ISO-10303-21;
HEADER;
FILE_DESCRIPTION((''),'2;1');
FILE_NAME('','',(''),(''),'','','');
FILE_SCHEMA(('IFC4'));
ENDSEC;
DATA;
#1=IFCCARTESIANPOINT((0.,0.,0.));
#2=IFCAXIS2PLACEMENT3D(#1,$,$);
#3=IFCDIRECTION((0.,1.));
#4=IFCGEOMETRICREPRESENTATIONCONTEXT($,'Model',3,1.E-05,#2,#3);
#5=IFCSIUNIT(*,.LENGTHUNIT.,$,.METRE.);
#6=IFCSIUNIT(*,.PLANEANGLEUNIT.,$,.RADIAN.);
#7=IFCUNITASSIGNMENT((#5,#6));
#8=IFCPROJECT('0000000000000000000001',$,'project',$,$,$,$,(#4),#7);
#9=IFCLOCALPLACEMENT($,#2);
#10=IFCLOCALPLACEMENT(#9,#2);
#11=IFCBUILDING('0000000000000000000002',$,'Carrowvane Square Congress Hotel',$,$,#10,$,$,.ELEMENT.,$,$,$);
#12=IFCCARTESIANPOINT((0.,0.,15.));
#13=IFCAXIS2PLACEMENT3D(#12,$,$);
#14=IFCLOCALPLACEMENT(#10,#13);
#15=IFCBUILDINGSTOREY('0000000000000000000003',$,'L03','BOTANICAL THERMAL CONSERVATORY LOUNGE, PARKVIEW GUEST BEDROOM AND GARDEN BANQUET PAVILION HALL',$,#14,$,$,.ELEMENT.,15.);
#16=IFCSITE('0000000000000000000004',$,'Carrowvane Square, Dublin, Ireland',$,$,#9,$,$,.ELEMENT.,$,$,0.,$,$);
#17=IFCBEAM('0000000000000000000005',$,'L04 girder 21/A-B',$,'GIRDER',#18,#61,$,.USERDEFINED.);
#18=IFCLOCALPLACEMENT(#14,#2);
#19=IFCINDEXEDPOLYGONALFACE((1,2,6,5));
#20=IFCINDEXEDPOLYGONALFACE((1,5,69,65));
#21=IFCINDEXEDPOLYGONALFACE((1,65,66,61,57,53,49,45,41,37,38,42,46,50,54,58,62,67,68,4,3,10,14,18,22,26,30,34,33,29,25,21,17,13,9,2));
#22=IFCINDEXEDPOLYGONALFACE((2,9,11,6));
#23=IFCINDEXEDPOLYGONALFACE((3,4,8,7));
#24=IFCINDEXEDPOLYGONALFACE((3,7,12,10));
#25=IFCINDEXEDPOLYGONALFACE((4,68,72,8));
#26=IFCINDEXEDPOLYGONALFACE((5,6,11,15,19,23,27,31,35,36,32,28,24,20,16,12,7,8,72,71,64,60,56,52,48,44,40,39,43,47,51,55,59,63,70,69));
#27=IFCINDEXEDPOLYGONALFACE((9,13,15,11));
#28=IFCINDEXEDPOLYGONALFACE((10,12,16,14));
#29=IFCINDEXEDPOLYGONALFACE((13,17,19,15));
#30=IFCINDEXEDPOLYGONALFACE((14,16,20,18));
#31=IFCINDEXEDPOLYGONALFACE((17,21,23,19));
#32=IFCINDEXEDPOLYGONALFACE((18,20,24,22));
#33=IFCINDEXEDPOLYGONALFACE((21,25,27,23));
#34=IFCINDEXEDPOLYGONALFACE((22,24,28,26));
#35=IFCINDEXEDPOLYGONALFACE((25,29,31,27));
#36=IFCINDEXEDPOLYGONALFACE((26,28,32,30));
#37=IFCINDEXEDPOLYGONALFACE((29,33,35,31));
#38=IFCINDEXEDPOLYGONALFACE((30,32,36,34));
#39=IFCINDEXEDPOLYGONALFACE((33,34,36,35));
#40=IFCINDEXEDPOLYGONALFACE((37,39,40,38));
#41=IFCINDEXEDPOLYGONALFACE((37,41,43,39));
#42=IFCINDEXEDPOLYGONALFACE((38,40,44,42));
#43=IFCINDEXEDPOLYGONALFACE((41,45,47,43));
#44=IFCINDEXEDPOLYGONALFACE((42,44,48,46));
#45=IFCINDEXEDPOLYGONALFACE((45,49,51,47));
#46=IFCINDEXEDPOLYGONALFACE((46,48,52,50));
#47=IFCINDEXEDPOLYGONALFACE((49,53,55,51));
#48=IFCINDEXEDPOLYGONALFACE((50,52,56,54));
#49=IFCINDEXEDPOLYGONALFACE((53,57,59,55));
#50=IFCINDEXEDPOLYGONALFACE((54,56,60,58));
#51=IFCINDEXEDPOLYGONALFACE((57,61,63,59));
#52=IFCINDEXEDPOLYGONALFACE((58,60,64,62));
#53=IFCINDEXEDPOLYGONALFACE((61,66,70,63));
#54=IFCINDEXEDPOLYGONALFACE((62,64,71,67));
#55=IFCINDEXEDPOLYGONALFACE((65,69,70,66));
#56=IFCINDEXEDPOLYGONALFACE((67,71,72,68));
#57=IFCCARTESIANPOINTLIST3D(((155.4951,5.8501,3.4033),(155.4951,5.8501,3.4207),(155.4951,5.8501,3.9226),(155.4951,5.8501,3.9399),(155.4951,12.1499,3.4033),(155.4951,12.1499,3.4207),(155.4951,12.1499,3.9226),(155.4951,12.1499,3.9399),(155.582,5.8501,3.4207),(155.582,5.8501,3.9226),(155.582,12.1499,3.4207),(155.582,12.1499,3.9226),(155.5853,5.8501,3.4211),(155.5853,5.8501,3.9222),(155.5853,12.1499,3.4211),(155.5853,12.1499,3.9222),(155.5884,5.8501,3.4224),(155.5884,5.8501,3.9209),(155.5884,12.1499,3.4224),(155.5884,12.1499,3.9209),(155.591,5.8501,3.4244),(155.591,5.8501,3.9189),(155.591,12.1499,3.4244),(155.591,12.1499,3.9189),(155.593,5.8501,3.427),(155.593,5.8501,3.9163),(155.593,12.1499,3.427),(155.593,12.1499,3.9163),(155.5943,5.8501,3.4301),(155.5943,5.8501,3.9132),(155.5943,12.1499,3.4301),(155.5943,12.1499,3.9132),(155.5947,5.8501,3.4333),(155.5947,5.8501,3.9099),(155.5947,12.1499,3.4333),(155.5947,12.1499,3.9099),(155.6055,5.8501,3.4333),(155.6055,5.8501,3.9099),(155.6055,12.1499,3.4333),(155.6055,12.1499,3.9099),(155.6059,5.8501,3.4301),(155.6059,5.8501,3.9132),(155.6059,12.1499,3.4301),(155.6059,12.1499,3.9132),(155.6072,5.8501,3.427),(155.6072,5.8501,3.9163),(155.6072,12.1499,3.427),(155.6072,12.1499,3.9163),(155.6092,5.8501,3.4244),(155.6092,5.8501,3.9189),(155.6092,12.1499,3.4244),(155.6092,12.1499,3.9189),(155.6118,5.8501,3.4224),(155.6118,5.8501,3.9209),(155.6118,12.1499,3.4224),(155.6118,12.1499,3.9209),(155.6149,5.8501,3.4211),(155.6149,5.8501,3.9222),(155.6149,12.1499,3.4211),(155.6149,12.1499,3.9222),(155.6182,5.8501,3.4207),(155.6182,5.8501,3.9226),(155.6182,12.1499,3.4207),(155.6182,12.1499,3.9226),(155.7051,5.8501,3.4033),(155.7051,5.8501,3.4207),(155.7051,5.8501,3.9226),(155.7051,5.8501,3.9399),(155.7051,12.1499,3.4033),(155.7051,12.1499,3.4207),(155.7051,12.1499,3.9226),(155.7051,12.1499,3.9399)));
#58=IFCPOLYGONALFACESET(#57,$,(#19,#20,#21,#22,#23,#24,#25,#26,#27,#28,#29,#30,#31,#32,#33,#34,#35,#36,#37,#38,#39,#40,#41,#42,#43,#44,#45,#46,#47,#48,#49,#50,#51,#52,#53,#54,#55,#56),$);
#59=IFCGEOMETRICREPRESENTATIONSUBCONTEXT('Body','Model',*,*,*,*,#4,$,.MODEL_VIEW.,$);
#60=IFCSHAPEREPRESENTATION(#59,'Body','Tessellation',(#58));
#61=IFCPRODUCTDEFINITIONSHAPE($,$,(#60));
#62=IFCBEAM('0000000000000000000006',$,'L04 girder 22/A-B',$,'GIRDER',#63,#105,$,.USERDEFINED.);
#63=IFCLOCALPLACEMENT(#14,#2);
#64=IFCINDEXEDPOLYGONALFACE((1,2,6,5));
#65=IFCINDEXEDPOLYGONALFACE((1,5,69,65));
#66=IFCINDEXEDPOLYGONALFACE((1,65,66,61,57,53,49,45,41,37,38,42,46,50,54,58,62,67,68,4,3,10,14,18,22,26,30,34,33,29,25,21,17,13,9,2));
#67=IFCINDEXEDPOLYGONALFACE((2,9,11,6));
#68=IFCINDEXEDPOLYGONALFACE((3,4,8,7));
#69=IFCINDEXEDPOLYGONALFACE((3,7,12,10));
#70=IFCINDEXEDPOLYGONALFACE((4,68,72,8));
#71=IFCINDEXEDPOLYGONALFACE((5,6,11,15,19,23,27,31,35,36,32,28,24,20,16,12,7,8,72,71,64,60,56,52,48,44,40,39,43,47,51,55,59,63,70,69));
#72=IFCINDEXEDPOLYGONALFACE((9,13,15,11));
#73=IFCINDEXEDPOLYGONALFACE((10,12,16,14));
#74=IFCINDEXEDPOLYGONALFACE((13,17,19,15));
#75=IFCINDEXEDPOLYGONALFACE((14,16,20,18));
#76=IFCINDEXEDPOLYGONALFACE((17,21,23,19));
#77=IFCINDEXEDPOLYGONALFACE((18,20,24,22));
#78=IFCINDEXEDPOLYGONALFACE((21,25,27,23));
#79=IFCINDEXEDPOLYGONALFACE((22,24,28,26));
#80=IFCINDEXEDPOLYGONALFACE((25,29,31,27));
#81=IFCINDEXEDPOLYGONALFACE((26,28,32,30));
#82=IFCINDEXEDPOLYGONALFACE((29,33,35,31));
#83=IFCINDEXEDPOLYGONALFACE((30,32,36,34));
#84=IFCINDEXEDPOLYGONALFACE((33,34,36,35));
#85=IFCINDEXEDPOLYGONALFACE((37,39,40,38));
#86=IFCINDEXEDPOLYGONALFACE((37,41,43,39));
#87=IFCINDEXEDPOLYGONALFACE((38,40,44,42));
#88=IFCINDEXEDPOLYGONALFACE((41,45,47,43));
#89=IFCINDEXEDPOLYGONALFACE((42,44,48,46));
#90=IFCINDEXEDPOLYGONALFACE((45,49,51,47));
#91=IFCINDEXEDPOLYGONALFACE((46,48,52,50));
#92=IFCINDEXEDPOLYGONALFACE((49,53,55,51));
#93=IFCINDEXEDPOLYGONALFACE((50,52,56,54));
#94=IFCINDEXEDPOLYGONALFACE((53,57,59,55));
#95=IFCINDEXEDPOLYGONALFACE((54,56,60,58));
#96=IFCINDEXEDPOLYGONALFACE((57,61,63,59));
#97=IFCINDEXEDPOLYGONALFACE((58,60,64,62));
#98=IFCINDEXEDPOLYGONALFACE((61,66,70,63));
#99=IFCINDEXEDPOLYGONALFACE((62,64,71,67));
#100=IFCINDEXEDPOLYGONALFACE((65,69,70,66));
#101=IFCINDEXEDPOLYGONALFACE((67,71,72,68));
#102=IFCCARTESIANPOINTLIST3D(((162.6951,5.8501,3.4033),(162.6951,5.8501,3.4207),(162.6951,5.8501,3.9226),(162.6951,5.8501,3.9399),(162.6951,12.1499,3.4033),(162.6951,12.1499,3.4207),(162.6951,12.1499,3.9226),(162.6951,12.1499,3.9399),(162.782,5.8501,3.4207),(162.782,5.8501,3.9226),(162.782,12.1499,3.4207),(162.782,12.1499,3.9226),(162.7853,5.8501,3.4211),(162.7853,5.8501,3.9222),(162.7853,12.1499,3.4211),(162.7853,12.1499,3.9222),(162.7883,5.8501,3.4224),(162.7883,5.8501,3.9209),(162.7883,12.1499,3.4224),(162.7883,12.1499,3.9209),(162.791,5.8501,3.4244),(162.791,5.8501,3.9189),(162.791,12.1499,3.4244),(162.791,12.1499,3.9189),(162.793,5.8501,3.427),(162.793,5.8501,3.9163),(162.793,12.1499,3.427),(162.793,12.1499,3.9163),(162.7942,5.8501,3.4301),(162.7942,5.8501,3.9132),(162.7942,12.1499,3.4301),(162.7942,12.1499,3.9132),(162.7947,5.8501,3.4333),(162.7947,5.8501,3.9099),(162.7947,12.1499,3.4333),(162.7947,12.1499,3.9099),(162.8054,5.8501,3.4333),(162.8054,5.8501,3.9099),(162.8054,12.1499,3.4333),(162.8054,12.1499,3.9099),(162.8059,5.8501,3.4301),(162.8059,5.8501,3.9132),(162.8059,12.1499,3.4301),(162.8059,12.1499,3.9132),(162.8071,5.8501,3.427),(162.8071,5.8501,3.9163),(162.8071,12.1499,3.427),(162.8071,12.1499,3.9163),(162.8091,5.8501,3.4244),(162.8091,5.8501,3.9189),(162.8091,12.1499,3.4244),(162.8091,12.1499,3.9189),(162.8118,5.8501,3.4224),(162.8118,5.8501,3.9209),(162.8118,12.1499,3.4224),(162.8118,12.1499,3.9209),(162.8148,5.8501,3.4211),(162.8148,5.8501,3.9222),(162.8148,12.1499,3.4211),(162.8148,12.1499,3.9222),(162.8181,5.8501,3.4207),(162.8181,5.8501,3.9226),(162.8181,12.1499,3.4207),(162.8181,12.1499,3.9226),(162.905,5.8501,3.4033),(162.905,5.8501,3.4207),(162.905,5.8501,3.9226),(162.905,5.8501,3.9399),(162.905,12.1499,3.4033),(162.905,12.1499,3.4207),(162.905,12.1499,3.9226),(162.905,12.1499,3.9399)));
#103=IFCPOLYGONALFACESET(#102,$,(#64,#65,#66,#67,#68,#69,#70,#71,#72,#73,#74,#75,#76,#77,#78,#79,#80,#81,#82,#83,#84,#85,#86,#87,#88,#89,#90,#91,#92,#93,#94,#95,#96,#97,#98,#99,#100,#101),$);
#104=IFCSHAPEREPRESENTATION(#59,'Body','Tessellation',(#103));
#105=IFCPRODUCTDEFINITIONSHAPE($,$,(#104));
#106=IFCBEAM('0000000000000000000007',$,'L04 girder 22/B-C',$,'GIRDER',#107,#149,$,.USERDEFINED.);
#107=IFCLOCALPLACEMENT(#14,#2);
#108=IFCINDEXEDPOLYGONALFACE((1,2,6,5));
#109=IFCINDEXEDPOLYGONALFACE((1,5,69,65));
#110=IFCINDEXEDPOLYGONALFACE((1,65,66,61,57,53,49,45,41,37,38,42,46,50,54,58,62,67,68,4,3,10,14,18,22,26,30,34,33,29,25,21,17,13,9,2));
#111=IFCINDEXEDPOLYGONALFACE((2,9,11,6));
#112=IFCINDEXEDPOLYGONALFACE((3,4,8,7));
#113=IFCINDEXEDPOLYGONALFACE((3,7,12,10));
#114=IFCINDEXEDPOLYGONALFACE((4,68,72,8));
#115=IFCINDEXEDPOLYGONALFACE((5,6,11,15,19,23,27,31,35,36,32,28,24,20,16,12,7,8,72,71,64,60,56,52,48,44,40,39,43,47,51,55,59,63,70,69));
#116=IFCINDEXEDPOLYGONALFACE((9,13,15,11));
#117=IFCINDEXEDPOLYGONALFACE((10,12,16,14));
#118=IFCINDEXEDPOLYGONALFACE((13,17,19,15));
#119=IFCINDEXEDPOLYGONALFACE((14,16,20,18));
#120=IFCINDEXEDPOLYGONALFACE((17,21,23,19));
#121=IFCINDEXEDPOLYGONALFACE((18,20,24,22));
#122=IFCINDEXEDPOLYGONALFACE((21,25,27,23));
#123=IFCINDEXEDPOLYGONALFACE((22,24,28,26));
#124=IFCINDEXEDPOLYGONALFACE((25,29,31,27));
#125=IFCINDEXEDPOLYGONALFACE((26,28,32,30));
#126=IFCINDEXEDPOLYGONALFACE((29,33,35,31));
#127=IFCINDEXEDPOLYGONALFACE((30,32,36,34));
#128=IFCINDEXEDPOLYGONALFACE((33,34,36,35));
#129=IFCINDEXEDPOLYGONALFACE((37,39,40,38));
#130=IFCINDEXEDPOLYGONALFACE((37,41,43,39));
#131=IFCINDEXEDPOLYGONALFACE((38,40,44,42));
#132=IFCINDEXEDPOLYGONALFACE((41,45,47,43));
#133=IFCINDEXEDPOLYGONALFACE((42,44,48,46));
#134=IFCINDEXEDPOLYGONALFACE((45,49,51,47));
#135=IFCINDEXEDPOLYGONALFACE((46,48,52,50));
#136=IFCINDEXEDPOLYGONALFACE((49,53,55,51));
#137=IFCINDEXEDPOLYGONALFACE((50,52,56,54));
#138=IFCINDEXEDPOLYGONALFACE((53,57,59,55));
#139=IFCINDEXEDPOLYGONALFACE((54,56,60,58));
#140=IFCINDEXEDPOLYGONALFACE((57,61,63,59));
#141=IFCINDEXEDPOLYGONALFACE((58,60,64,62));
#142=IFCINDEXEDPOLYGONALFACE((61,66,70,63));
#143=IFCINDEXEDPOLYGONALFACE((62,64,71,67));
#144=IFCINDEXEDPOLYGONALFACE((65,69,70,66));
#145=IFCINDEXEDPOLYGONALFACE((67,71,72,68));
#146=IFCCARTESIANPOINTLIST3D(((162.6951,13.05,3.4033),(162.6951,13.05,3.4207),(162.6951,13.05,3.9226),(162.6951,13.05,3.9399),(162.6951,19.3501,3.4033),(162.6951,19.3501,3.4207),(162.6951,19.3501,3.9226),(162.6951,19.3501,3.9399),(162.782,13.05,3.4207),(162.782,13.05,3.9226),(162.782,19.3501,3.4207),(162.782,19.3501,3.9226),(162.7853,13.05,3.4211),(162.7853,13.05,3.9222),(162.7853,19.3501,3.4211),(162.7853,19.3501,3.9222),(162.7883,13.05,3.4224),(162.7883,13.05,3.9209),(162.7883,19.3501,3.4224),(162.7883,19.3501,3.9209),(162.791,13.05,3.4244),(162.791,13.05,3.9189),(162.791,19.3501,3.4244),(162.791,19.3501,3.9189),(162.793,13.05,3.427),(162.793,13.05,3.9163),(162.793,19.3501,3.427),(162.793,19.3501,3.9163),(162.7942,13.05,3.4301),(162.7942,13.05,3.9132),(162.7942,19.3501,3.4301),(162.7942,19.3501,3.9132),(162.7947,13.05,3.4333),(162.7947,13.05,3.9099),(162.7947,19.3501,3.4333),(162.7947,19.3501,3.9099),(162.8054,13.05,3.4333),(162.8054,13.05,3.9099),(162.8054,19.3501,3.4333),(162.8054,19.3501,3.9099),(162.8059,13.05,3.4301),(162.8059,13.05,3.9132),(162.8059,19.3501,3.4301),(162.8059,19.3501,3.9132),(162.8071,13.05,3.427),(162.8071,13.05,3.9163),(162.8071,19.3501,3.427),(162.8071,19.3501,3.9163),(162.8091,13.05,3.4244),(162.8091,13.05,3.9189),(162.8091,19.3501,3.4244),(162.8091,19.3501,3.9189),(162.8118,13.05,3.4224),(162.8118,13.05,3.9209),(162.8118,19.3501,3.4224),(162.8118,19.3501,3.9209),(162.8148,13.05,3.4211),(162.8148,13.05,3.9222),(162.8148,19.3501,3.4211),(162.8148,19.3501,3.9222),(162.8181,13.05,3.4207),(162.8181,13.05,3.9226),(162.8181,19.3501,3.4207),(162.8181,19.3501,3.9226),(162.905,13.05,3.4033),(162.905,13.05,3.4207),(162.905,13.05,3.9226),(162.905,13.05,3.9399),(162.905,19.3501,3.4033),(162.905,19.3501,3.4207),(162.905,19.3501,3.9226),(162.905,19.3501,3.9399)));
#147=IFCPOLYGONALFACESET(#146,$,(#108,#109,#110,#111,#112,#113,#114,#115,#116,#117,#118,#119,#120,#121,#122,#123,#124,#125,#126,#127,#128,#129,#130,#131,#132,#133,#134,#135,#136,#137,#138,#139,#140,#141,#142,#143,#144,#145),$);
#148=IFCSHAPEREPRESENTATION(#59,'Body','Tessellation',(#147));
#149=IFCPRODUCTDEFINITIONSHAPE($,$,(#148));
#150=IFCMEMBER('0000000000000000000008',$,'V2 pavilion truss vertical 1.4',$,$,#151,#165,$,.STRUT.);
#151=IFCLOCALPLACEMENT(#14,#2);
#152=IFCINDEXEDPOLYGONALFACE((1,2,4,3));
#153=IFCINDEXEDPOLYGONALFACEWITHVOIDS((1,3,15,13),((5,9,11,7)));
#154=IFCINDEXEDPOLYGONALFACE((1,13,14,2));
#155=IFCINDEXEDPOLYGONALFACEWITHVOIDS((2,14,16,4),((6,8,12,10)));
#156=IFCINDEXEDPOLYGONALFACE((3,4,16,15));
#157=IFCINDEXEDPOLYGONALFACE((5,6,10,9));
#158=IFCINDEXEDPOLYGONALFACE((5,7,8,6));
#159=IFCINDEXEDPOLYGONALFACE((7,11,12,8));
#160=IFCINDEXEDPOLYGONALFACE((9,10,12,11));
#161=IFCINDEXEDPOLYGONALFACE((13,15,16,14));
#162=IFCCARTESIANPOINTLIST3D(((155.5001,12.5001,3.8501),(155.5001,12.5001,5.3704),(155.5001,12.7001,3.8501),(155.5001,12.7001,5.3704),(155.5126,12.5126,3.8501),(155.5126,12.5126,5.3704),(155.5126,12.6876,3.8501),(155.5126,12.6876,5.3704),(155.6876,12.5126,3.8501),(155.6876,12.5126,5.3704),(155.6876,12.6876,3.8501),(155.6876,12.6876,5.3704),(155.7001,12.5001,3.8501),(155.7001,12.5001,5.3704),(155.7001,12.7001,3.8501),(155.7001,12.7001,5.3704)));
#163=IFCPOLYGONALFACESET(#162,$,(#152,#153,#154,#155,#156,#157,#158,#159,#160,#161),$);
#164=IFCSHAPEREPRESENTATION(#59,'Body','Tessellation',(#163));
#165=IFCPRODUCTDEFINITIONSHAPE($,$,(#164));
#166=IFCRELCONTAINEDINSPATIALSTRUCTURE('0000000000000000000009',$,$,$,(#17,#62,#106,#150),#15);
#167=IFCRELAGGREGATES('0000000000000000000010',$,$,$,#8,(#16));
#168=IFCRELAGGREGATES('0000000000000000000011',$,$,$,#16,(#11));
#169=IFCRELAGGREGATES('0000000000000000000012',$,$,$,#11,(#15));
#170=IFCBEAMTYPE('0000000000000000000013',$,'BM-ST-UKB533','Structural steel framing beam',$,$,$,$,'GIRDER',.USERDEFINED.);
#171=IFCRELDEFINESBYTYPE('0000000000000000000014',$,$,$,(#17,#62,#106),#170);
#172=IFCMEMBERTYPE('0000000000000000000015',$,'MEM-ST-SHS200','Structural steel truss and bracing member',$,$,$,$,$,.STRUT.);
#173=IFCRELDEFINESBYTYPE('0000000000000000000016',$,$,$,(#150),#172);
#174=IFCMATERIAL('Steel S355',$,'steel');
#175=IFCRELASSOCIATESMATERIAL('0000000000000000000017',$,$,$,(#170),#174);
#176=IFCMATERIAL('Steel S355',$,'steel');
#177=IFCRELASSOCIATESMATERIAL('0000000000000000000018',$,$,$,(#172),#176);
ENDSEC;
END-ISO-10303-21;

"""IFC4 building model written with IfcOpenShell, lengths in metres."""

from ifc_helpers import new_model, si_unit, direction, frame, origin, origin_2d, place, context, subcontext, project, spatial, hollow_rectangle, i_section, extrude, material, material_profile, profile_set, type_object, element, save


model = new_model("IFC4")

# Units and contexts
model_context = context("Model", 3, precision=1e-05, world=origin(), true_north=direction((0.0, 1.0)))
body_context = subcontext(model_context, "Body", "Model", "MODEL_VIEW")
ifc_project = project(units=[si_unit("LENGTHUNIT", "METRE"), si_unit("PLANEANGLEUNIT", "RADIAN")], contexts=[model_context])

# Site, building, storey
site_placement = place(None, origin())
site = spatial("IfcSite", under=ifc_project, at=site_placement, Name="Carrowvane Square, Dublin, Ireland", CompositionType="ELEMENT", RefElevation=0.0)
building_placement = place(site_placement, origin())
building = spatial("IfcBuilding", under=site, at=building_placement, Name="Carrowvane Square Congress Hotel", CompositionType="ELEMENT")
storey_placement = place(building_placement, frame((0.0, 0.0, 15.0)))
storey = spatial("IfcBuildingStorey", under=building, at=storey_placement, Name="L03", Description="BOTANICAL THERMAL CONSERVATORY LOUNGE, PARKVIEW GUEST BEDROOM AND GARDEN BANQUET PAVILION HALL", CompositionType="ELEMENT", Elevation=15.0)

# Beams
ifc_material_1 = material(Name="Steel S355", Category="steel")
ifc_material_profile_1 = material_profile(ifc_material_1, i_section(OverallWidth=0.21, OverallDepth=0.5366, WebThickness=0.0107, FlangeThickness=0.0173, FilletRadius=0.0127, at=origin_2d()), Name="UKB 533x210x101")
ifc_profile_set_1 = profile_set([ifc_material_profile_1], Name="Steel S355")
beam_type_1 = type_object("IfcBeamType", Name="BM-ST-UKB533", Description="Structural steel framing beam", ElementType="GIRDER", PredefinedType="USERDEFINED", material=ifc_profile_set_1)
for number, where, z_axis, x_axis, name in (
    (1, (155.6001, 5.8501, 3.6716), (0.0, 1.0, 0.0), (-1.0, 0.0, 0.0), "L04 girder 21/A-B"),
    (2, (162.8, 5.8501, 3.6716), (0.0, 1.0, 0.0), (-1.0, 0.0, 0.0), "L04 girder 22/A-B"),
):
    element("IfcBeam", number, at=place(storey_placement, frame(where, z_axis=z_axis, x_axis=x_axis)), inside=storey, type_object=beam_type_1, Name=name, ObjectType="GIRDER", PredefinedType="USERDEFINED", context=body_context, shape_type="SweptSolid", body=[
        extrude(i_section(OverallWidth=0.21, OverallDepth=0.5366, WebThickness=0.0107, FlangeThickness=0.0173, FilletRadius=0.0127, at=origin_2d()), origin(), (0.0, 0.0, 1.0), 6.2998),
    ])
beam_1_placement = place(storey_placement, frame((162.8, 13.05, 3.6716), z_axis=(0.0, 1.0, 0.0), x_axis=(-1.0, 0.0, 0.0)))
element("IfcBeam", 3, at=beam_1_placement, inside=storey, type_object=beam_type_1, Name="L04 girder 22/B-C", ObjectType="GIRDER", PredefinedType="USERDEFINED", context=body_context, shape_type="SweptSolid", body=[
    extrude(i_section(OverallWidth=0.21, OverallDepth=0.5366, WebThickness=0.0107, FlangeThickness=0.0173, FilletRadius=0.0127, at=origin_2d()), origin(), (0.0, 0.0, 1.0), 6.3),
])

# Member
ifc_material_2 = material(Name="Steel S355", Category="steel")
ifc_material_profile_2 = material_profile(ifc_material_2, hollow_rectangle(XDim=0.2, YDim=0.2, WallThickness=0.0125, at=origin_2d()), Name="SHS 200x200x12.5")
ifc_profile_set_2 = profile_set([ifc_material_profile_2], Name="Steel S355")
member_type_1 = type_object("IfcMemberType", Name="MEM-ST-SHS200", Description="Structural steel truss and bracing member", PredefinedType="STRUT", material=ifc_profile_set_2)
member_1_placement = place(storey_placement, frame((155.6001, 12.6001, 3.8501), z_axis=(0.0, 0.0, 1.0), x_axis=(1.0, 0.0, 0.0)))
element("IfcMember", 4, at=member_1_placement, inside=storey, type_object=member_type_1, Name="V2 pavilion truss vertical 1.4", PredefinedType="STRUT", context=body_context, shape_type="SweptSolid", body=[
    extrude(hollow_rectangle(XDim=0.2, YDim=0.2, WallThickness=0.0125, at=origin_2d()), origin(), (0.0, 0.0, 1.0), 1.5203),
])

save(model, "model.ifc")
